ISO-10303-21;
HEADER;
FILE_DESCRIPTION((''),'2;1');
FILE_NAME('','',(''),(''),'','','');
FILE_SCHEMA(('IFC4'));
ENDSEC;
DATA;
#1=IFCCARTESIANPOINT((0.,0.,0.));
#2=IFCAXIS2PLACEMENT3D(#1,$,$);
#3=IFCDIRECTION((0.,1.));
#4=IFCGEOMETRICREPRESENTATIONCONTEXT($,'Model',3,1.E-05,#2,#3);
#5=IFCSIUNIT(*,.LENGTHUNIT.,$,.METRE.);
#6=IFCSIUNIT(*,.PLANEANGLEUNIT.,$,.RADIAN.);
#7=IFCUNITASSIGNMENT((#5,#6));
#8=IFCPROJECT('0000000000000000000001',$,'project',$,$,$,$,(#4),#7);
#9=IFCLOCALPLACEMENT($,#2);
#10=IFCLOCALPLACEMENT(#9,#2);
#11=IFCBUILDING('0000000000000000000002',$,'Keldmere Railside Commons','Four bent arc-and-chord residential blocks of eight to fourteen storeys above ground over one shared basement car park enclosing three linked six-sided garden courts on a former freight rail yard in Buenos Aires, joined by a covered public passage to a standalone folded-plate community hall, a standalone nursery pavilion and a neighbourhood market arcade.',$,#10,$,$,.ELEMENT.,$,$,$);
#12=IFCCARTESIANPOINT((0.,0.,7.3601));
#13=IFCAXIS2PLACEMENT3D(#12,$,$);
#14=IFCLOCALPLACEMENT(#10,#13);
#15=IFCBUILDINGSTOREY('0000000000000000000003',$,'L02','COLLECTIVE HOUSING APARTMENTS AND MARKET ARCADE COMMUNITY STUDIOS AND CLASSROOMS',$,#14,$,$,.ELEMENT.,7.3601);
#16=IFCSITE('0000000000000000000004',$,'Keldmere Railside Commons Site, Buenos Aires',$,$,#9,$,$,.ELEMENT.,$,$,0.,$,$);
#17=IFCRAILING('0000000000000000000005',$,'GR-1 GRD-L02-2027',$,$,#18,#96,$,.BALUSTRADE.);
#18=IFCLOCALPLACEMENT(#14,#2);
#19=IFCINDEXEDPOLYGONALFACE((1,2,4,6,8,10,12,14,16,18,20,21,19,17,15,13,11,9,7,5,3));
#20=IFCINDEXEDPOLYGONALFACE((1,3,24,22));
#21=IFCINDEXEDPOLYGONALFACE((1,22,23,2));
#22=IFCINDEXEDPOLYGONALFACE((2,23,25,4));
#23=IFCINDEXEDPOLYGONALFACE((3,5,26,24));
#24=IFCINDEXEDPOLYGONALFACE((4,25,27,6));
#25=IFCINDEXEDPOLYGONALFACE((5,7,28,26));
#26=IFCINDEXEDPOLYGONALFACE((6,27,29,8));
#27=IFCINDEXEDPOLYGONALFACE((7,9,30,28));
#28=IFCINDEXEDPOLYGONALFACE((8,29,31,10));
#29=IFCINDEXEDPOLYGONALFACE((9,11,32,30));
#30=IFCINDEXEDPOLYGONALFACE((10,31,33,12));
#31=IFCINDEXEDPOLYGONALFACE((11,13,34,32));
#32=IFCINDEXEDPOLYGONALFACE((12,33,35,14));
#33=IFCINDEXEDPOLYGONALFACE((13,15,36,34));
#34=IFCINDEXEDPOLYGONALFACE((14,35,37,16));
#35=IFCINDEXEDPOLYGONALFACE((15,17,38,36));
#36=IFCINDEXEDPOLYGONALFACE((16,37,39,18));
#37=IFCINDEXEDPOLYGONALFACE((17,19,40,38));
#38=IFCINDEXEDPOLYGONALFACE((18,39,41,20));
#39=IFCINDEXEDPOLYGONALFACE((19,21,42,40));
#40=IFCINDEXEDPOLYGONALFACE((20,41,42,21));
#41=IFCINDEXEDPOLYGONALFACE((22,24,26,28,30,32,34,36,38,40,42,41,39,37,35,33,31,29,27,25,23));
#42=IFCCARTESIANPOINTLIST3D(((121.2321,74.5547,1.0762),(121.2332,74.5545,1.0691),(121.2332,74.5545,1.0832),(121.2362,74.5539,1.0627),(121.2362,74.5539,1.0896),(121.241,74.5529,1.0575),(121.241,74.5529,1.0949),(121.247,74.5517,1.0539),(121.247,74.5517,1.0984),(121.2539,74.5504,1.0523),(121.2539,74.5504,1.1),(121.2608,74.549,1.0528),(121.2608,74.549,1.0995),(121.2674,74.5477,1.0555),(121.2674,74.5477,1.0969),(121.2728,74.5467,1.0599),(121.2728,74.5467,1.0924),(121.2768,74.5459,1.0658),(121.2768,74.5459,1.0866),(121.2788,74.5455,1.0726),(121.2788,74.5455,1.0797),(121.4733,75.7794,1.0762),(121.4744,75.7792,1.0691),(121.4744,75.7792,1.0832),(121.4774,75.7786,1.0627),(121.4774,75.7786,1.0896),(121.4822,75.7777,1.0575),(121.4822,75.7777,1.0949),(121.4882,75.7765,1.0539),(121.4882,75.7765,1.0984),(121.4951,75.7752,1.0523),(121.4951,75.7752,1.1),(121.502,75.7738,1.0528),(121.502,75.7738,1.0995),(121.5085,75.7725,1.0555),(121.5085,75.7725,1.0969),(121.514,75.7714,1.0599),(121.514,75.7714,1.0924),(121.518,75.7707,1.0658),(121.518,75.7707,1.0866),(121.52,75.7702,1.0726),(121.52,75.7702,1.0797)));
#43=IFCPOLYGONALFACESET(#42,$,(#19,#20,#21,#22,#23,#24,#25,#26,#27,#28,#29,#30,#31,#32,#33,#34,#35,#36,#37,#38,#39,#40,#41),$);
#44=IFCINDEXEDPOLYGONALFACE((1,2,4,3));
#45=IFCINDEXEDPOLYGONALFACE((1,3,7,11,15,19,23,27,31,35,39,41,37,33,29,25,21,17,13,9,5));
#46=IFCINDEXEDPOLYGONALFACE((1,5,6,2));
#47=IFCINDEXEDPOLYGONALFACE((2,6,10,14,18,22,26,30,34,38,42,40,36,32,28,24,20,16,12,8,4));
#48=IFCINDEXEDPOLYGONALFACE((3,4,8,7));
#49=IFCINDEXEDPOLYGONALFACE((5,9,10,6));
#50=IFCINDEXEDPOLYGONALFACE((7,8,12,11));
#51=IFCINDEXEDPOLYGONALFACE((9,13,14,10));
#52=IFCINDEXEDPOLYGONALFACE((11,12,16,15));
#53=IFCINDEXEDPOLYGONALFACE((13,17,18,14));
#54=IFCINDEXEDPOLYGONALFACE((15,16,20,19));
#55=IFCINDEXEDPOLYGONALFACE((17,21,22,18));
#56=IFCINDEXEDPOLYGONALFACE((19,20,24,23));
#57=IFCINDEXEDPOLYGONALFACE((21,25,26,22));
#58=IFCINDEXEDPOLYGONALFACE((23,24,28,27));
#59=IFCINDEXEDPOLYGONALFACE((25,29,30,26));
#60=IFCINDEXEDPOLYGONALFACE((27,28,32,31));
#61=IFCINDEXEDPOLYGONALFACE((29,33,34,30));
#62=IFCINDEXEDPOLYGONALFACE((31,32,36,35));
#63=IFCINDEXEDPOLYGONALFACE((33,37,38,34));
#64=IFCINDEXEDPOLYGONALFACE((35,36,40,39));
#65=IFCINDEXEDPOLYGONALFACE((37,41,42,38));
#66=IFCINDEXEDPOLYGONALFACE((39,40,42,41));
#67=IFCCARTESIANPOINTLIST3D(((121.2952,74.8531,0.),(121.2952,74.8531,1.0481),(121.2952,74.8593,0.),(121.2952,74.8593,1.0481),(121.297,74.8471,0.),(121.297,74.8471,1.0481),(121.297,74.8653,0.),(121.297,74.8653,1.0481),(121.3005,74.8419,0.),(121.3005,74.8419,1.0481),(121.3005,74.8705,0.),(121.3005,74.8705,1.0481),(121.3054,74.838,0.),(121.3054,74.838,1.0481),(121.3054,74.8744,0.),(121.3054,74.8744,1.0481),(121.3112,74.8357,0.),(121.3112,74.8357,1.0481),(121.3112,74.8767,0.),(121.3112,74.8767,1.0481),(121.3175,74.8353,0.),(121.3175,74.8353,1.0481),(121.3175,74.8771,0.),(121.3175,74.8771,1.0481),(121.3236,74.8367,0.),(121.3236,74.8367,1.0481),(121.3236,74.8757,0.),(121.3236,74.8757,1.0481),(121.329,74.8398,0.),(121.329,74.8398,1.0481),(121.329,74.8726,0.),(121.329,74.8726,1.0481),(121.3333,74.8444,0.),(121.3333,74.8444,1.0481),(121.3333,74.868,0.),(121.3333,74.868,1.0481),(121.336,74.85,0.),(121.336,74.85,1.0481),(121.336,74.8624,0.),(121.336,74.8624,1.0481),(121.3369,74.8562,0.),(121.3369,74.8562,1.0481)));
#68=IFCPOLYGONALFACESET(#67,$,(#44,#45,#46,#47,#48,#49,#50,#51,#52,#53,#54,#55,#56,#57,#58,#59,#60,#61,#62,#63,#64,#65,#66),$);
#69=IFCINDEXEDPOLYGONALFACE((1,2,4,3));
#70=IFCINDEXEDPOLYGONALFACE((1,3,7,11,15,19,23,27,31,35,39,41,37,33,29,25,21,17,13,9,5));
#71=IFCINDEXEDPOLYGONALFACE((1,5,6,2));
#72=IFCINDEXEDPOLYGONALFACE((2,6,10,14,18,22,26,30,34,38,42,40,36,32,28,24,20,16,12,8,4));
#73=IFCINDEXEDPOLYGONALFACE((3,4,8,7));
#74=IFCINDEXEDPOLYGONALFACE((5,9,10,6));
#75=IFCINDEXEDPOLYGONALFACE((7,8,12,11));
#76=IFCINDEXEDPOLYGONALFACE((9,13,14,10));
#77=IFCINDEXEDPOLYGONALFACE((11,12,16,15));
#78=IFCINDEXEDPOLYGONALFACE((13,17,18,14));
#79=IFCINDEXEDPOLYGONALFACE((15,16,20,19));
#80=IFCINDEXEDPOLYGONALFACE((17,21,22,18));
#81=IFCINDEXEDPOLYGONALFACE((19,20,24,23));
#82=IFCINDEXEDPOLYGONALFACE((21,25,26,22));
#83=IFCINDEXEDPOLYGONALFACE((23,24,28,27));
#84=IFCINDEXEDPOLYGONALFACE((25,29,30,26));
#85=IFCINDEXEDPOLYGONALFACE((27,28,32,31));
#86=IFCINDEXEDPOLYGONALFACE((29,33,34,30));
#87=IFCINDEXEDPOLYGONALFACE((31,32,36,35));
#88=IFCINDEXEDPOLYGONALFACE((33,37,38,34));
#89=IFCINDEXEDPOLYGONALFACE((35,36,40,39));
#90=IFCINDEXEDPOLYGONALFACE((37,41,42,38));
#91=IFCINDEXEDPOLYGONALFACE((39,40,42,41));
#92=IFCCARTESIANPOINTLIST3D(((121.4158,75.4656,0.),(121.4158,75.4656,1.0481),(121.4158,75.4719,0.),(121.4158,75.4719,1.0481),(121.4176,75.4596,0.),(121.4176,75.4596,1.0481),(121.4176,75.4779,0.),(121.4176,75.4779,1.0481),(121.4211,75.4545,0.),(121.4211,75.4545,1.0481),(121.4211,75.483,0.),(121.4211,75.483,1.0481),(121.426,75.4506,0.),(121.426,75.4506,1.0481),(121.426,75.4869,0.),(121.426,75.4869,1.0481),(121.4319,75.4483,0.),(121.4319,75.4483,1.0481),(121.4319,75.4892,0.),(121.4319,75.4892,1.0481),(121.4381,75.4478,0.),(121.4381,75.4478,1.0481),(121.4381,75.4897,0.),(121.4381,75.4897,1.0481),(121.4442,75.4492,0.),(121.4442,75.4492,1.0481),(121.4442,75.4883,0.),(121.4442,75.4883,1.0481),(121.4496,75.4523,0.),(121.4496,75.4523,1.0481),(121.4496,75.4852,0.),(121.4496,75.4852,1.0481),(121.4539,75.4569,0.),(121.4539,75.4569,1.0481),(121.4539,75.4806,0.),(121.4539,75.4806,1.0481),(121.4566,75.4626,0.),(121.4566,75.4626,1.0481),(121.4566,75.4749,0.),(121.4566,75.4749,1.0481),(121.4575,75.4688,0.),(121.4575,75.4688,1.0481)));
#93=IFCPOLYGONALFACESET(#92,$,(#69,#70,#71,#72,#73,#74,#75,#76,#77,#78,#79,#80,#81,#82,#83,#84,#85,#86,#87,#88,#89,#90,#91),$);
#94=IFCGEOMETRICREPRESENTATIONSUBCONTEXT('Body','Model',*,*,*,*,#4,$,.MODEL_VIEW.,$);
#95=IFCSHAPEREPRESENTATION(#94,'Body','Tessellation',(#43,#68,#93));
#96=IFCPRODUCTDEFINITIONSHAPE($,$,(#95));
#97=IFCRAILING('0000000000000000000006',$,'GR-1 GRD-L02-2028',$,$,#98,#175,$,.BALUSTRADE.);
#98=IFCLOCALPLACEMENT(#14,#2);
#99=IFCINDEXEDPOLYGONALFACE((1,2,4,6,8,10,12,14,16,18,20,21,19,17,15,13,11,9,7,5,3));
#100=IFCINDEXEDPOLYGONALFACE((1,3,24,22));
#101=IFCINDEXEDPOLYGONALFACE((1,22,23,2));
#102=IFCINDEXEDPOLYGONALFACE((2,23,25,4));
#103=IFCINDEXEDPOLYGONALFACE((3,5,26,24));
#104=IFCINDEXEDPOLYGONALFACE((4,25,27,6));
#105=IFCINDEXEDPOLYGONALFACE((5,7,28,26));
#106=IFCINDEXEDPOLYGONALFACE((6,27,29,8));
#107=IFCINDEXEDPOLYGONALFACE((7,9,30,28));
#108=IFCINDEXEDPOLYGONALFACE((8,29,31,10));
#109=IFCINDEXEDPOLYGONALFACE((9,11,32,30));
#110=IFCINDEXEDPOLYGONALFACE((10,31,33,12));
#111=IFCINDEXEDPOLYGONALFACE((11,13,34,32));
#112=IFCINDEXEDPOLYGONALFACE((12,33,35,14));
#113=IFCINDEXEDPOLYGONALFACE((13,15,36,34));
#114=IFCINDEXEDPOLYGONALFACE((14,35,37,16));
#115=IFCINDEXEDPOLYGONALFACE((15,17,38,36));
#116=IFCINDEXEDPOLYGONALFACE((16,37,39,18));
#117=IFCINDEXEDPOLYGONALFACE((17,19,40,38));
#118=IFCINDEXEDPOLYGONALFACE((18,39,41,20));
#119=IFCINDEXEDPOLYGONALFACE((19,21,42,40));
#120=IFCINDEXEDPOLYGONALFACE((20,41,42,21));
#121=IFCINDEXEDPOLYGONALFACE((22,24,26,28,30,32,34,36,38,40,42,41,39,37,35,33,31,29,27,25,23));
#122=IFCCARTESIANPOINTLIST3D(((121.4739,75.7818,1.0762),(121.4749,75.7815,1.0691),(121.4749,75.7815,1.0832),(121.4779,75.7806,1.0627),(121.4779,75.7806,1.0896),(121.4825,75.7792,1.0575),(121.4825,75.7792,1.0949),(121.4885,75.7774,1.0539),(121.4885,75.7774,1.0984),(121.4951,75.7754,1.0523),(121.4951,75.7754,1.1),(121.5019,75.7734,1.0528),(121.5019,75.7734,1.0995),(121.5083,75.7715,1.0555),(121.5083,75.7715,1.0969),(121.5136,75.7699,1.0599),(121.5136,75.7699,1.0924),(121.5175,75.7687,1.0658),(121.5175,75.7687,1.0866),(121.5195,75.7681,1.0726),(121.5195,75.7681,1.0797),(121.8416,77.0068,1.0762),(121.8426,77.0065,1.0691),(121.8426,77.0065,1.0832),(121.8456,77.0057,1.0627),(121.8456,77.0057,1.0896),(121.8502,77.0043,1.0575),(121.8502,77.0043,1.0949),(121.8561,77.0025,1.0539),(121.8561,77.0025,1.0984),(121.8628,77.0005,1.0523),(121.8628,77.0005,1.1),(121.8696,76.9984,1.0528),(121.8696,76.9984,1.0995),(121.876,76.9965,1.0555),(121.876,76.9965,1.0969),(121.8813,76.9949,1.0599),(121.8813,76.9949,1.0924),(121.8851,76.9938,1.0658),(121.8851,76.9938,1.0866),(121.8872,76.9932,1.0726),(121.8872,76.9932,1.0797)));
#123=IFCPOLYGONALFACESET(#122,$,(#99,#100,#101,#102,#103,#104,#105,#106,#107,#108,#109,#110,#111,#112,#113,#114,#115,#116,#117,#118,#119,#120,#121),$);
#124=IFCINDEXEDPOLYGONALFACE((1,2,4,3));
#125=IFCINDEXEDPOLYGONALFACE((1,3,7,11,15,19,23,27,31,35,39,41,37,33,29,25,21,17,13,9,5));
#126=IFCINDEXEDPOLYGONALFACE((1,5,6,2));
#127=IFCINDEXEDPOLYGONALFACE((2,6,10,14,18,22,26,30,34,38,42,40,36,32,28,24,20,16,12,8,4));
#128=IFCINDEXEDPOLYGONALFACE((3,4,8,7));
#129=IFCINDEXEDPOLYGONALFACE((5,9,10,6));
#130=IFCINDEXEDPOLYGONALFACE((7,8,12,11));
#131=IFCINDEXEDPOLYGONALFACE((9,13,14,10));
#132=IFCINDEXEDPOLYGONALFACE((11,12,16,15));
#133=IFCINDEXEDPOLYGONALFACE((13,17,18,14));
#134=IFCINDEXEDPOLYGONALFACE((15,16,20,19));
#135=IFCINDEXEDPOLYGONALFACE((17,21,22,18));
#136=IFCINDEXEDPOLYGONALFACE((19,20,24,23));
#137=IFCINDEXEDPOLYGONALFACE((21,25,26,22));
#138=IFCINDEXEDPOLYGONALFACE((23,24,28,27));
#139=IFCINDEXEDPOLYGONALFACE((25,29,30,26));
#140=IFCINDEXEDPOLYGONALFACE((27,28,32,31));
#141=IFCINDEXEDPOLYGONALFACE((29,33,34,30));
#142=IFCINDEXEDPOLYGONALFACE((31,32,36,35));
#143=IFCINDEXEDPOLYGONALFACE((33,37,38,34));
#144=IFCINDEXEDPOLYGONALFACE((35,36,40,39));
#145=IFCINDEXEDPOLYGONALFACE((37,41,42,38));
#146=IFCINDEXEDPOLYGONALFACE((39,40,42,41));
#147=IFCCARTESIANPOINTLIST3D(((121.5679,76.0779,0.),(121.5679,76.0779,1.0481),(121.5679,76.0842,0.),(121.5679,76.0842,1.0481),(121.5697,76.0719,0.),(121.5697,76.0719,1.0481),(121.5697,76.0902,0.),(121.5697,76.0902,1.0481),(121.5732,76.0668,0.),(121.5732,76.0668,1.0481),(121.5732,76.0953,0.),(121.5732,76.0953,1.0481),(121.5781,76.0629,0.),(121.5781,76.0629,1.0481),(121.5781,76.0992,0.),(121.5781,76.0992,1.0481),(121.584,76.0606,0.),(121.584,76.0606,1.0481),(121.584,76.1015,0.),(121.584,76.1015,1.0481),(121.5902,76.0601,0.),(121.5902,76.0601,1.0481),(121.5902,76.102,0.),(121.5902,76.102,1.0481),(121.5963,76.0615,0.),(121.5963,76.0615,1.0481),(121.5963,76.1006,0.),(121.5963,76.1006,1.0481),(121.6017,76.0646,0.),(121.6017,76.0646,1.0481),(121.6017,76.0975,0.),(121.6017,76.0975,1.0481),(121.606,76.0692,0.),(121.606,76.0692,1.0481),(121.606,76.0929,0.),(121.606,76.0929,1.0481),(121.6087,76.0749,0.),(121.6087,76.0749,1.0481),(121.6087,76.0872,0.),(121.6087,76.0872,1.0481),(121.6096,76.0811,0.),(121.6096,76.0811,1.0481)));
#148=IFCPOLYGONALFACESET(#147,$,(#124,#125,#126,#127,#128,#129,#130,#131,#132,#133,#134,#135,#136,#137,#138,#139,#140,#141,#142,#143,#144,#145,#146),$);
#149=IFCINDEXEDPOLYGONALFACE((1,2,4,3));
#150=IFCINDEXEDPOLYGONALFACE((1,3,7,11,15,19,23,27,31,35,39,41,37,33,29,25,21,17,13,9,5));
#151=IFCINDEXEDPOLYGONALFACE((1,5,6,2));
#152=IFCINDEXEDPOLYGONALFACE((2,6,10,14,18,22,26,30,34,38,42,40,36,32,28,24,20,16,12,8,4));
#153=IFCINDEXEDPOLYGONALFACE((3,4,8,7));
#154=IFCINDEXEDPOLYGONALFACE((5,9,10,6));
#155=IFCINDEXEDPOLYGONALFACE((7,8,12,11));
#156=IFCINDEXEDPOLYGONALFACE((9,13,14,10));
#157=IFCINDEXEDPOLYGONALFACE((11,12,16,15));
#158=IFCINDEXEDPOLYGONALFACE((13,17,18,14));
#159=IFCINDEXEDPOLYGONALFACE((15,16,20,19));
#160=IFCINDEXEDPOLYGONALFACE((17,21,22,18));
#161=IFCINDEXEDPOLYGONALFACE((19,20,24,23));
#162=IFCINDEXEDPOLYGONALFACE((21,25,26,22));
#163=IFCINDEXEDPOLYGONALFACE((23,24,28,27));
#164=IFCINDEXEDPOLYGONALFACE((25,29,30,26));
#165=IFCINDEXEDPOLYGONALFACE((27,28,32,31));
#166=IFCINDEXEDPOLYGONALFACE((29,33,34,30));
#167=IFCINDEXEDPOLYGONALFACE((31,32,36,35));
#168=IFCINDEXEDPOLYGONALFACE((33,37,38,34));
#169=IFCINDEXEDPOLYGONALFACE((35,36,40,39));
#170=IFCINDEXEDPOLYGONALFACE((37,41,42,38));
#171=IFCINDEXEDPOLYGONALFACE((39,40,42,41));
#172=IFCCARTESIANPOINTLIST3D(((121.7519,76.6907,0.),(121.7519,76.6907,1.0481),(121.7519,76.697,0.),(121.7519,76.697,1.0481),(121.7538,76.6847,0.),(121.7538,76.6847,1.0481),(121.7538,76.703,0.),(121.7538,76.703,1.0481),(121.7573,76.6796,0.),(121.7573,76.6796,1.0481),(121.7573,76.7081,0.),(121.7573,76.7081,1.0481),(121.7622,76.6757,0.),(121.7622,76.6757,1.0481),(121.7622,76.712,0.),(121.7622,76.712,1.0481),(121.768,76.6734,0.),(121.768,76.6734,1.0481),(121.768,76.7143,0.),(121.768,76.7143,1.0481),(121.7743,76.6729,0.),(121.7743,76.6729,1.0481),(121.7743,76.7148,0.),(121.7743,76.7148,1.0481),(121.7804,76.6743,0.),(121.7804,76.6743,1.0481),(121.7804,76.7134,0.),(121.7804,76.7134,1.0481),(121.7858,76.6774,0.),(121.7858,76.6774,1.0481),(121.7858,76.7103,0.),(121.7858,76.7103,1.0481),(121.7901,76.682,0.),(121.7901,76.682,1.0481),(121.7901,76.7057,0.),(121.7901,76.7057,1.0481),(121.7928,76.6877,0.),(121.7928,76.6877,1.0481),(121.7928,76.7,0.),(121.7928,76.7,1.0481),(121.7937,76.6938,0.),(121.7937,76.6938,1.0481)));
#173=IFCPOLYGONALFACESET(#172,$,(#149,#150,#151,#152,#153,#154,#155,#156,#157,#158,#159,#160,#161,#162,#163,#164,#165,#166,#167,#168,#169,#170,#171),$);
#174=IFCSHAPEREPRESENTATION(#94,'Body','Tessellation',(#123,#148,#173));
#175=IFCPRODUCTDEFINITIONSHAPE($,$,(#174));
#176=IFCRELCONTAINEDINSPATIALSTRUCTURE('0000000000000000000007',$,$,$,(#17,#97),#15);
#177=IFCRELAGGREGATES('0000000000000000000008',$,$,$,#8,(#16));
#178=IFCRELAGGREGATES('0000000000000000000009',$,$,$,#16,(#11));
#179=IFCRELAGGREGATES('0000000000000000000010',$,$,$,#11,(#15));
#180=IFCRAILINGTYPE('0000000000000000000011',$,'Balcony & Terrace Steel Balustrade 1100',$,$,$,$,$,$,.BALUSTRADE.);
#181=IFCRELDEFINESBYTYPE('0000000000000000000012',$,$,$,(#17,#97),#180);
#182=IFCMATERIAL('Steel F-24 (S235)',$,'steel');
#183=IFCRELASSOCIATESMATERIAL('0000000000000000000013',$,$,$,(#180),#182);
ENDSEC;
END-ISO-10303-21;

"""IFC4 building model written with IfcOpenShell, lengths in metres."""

from ifc_helpers import new_model, si_unit, direction, frame, origin, origin_2d, place, context, subcontext, project, spatial, circle, extrude, material, type_object, element, save


model = new_model("IFC4")

# Units and contexts
model_context = context("Model", 3, precision=1e-05, world=origin(), true_north=direction((0.0, 1.0)))
body_context = subcontext(model_context, "Body", "Model", "MODEL_VIEW")
ifc_project = project(units=[si_unit("LENGTHUNIT", "METRE"), si_unit("PLANEANGLEUNIT", "RADIAN")], contexts=[model_context])

# Site, building, storey
site_placement = place(None, origin())
site = spatial("IfcSite", under=ifc_project, at=site_placement, Name="Keldmere Railside Commons Site, Buenos Aires", CompositionType="ELEMENT", RefElevation=0.0)
building_placement = place(site_placement, origin())
building = spatial("IfcBuilding", under=site, at=building_placement, Name="Keldmere Railside Commons", Description="Four bent arc-and-chord residential blocks of eight to fourteen storeys above ground over one shared basement car park enclosing three linked six-sided garden courts on a former freight rail yard in Buenos Aires, joined by a covered public passage to a standalone folded-plate community hall, a standalone nursery pavilion and a neighbourhood market arcade.", CompositionType="ELEMENT")
storey_placement = place(building_placement, frame((0.0, 0.0, 7.3601)))
storey = spatial("IfcBuildingStorey", under=building, at=storey_placement, Name="L02", Description="COLLECTIVE HOUSING APARTMENTS AND MARKET ARCADE COMMUNITY STUDIOS AND CLASSROOMS", CompositionType="ELEMENT", Elevation=7.3601)

# Railings
ifc_material_1 = material(Name="Steel F-24 (S235)", Category="steel")
railing_type = type_object("IfcRailingType", Name="Balcony & Terrace Steel Balustrade 1100", PredefinedType="BALUSTRADE", material=ifc_material_1)
railing_1_placement = place(storey_placement, frame((121.2556, 74.55, 0.0)))
element("IfcRailing", 1, at=railing_1_placement, inside=storey, type_object=railing_type, Name="GR-1 GRD-L02-2027", PredefinedType="BALUSTRADE", context=body_context, shape_type="SweptSolid", body=[
    extrude(circle(Radius=0.0239, at=origin_2d()), frame((0.0, 0.0, 1.0762), z_axis=(0.193219, 0.981156, 0.0), x_axis=(-0.981156, 0.193219, 0.0)), (0.0, 0.0, 1.0), 1.2483),
    extrude(circle(Radius=0.021, at=origin_2d()), frame((0.0603, 0.3062, 0.0)), (0.0, 0.0, 1.0), 1.0481),
    extrude(circle(Radius=0.021, at=origin_2d()), frame((0.1809, 0.9187, 0.0)), (0.0, 0.0, 1.0), 1.0481),
])
railing_2_placement = place(storey_placement, frame((121.4968, 75.7749, 0.0)))
element("IfcRailing", 2, at=railing_2_placement, inside=storey, type_object=railing_type, Name="GR-1 GRD-L02-2028", PredefinedType="BALUSTRADE", context=body_context, shape_type="SweptSolid", body=[
    extrude(circle(Radius=0.0239, at=origin_2d()), frame((0.0, 0.0, 1.0762), z_axis=(0.287453, 0.957795, 0.0), x_axis=(-0.957795, 0.287453, 0.0)), (0.0, 0.0, 1.0), 1.2791),
    extrude(circle(Radius=0.021, at=origin_2d()), frame((0.0918, 0.3062, 0.0)), (0.0, 0.0, 1.0), 1.0481),
    extrude(circle(Radius=0.021, at=origin_2d()), frame((0.2759, 0.9189, 0.0)), (0.0, 0.0, 1.0), 1.0481),
])

save(model, "model.ifc")
